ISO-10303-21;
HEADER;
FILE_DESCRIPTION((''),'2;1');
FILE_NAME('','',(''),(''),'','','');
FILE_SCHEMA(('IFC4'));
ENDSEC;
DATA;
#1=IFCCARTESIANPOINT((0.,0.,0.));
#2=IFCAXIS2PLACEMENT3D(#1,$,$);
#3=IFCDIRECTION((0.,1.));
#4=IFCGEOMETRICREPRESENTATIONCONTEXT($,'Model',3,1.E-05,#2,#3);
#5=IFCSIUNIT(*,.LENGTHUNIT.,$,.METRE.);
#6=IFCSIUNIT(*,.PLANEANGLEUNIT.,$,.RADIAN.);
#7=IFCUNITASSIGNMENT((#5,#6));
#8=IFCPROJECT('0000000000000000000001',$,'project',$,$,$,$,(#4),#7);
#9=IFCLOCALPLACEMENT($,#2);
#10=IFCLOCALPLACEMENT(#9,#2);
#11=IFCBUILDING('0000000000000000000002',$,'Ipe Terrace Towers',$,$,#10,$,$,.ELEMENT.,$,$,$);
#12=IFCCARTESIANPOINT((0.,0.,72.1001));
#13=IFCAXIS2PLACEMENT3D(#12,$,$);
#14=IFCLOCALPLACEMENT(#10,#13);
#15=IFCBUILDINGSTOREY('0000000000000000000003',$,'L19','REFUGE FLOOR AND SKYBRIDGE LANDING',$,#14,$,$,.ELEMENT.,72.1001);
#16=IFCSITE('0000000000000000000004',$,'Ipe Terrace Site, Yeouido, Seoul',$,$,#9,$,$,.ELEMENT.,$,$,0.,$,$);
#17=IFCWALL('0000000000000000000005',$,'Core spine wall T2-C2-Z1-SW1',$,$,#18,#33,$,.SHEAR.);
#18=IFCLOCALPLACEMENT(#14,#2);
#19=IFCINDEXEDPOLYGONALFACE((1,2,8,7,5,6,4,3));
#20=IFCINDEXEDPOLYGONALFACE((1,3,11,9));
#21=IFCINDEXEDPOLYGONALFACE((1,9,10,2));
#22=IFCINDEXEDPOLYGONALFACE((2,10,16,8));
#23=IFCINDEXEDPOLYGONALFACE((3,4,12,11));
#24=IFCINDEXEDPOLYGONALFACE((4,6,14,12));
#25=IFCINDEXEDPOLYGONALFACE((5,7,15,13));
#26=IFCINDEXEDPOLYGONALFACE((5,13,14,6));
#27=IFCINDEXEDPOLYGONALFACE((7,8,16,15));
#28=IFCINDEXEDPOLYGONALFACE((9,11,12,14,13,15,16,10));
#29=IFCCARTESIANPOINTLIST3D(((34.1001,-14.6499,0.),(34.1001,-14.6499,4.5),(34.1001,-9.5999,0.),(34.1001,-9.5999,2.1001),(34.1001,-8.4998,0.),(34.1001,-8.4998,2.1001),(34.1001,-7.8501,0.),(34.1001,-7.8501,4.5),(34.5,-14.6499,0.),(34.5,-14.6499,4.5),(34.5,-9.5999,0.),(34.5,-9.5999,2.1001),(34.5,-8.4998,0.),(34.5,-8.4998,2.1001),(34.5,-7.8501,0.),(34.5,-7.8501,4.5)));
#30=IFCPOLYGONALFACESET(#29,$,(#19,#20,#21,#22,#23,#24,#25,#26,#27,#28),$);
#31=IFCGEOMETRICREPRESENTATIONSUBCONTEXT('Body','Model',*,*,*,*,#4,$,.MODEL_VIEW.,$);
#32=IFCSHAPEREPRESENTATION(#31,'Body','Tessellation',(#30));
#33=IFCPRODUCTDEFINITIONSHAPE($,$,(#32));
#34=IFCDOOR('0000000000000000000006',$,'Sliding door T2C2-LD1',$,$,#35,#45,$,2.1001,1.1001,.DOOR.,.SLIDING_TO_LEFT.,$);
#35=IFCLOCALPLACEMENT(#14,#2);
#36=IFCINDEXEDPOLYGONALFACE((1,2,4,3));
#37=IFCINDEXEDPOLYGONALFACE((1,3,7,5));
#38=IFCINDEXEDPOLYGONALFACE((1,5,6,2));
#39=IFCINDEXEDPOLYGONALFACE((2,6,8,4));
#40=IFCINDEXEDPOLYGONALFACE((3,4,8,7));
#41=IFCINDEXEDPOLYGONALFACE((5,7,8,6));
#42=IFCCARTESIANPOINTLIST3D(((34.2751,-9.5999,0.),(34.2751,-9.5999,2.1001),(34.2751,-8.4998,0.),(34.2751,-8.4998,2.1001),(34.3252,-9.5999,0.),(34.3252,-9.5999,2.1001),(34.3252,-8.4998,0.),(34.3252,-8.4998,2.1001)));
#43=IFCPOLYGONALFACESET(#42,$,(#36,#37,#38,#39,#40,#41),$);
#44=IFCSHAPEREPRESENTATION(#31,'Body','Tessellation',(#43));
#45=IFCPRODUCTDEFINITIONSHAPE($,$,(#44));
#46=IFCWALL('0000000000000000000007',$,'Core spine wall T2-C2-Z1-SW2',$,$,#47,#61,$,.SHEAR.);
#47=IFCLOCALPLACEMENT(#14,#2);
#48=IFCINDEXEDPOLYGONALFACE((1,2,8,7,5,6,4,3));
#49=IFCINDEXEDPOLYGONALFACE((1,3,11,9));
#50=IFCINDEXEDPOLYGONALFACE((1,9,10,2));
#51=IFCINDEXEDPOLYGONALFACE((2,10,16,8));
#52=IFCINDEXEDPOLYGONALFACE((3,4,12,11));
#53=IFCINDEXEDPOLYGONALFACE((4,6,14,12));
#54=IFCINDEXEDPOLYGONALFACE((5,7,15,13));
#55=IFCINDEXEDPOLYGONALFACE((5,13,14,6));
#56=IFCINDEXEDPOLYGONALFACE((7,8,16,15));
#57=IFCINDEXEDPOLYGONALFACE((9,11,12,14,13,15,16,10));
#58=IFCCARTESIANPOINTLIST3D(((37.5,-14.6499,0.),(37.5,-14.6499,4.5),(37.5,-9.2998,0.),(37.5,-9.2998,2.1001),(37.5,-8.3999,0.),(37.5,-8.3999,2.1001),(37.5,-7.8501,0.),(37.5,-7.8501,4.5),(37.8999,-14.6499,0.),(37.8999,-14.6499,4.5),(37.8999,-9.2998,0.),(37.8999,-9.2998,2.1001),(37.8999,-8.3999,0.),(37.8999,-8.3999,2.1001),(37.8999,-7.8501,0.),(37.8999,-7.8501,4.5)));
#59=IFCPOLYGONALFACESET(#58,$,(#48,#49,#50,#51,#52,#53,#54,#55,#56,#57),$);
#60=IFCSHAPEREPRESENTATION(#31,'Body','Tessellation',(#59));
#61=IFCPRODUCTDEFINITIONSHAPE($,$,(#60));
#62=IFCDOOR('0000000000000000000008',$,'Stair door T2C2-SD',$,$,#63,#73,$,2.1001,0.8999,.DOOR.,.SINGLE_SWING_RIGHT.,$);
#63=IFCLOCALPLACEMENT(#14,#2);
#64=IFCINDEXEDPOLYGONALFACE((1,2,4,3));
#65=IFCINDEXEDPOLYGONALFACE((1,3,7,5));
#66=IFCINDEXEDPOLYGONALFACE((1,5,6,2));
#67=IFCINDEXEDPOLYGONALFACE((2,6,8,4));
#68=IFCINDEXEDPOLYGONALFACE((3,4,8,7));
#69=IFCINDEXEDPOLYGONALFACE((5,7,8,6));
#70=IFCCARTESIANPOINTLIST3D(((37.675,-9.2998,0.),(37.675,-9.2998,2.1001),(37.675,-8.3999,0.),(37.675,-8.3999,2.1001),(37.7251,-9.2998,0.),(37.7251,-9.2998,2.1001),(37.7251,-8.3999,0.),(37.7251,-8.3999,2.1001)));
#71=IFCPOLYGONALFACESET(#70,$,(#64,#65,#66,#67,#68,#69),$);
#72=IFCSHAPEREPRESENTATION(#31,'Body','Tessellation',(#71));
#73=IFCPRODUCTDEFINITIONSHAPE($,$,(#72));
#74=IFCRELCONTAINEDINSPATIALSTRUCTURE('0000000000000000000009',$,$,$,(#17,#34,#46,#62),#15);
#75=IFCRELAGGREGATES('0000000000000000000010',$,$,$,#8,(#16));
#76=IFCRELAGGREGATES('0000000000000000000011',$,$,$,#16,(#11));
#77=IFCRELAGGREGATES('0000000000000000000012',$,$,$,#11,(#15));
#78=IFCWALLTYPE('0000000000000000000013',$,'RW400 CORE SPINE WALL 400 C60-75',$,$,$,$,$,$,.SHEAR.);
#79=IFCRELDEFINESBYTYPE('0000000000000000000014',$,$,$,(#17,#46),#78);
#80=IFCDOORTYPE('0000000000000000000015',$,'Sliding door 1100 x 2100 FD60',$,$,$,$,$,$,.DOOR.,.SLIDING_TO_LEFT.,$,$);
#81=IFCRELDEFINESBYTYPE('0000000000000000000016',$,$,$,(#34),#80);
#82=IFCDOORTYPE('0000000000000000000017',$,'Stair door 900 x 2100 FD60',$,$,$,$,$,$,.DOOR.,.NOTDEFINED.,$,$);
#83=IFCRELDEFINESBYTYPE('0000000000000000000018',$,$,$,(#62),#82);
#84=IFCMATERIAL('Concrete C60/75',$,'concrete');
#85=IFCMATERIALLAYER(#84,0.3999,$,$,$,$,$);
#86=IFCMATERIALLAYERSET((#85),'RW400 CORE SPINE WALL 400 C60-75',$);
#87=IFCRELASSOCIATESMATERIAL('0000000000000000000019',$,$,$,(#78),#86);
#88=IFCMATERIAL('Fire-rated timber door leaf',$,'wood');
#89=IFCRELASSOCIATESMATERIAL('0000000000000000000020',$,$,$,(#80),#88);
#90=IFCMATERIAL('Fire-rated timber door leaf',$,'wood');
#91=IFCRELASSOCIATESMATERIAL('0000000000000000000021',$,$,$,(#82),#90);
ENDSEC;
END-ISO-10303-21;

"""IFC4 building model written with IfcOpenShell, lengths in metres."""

from ifc_helpers import new_model, si_unit, direction, frame, frame_2d, origin, place, context, subcontext, project, spatial, rectangle, extrude, material, layer, layer_set, type_object, element, fill, save


model = new_model("IFC4")

# Units and contexts
model_context = context("Model", 3, precision=1e-05, world=origin(), true_north=direction((0.0, 1.0)))
body_context = subcontext(model_context, "Body", "Model", "MODEL_VIEW")
ifc_project = project(units=[si_unit("LENGTHUNIT", "METRE"), si_unit("PLANEANGLEUNIT", "RADIAN")], contexts=[model_context])

# Site, building, storey
site_placement = place(None, origin())
site = spatial("IfcSite", under=ifc_project, at=site_placement, Name="Ipe Terrace Site, Yeouido, Seoul", CompositionType="ELEMENT", RefElevation=0.0)
building_placement = place(site_placement, origin())
building = spatial("IfcBuilding", under=site, at=building_placement, Name="Ipe Terrace Towers", CompositionType="ELEMENT")
storey_placement = place(building_placement, frame((0.0, 0.0, 72.1001)))
storey = spatial("IfcBuildingStorey", under=building, at=storey_placement, Name="L19", Description="REFUGE FLOOR AND SKYBRIDGE LANDING", CompositionType="ELEMENT", Elevation=72.1001)

# Walls, openings, doors
ifc_material_1 = material(Name="Concrete C60/75", Category="concrete")
ifc_layer_1 = layer(ifc_material_1, 0.3999)
ifc_layer_set_1 = layer_set([ifc_layer_1], Name="RW400 CORE SPINE WALL 400 C60-75")
wall_type_1 = type_object("IfcWallType", Name="RW400 CORE SPINE WALL 400 C60-75", PredefinedType="SHEAR", material=ifc_layer_set_1)
wall_1_placement = place(storey_placement, frame((34.3, -14.6499, 0.0), z_axis=(0.0, 0.0, 1.0), x_axis=(0.0, 1.0, 0.0)))
wall_1 = element("IfcWall", 1, at=wall_1_placement, inside=storey, type_object=wall_type_1, Name="Core spine wall T2-C2-Z1-SW1", PredefinedType="SHEAR", context=body_context, shape_type="SweptSolid", body=[
    extrude(rectangle(XDim=6.7998, YDim=0.3999, at=frame_2d((3.3999, 0.0))), origin(), (0.0, 0.0, 1.0), 4.5),
])
opening_1_placement = place(wall_1_placement, frame((5.05, 0.0, 0.0)))
opening_1 = element("IfcOpeningElement", 2, at=opening_1_placement, cuts=wall_1, PredefinedType="OPENING", context=body_context, shape_type="SweptSolid", body=[
    extrude(rectangle(XDim=1.1001, YDim=2.1001, at=frame_2d((0.55, 1.05))), frame((0.0, 0.21, 0.0), z_axis=(0.0, -1.0, 0.0), x_axis=(1.0, 0.0, 0.0)), (0.0, 0.0, 1.0), 0.4199),
])
ifc_material_2 = material(Name="Fire-rated timber door leaf", Category="wood")
door_type_1 = type_object("IfcDoorType", Name="Sliding door 1100 x 2100 FD60", OperationType="SLIDING_TO_LEFT", PredefinedType="DOOR", material=ifc_material_2)
door_1_placement = place(opening_1_placement, origin())
door_1 = element("IfcDoor", 3, at=door_1_placement, inside=storey, type_object=door_type_1, Name="Sliding door T2C2-LD1", OperationType="SLIDING_TO_LEFT", OverallHeight=2.1001, OverallWidth=1.1001, PredefinedType="DOOR", context=body_context, shape_type="SweptSolid", body=[
    extrude(rectangle(XDim=1.1001, YDim=2.1001, at=frame_2d((0.55, 1.05))), frame((0.0, 0.0249, 0.0), z_axis=(0.0, -1.0, 0.0), x_axis=(1.0, 0.0, 0.0)), (0.0, 0.0, 1.0), 0.05),
])
fill(opening_1, door_1)
wall_2_placement = place(storey_placement, frame((37.7, -14.6499, 0.0), z_axis=(0.0, 0.0, 1.0), x_axis=(0.0, 1.0, 0.0)))
wall_2 = element("IfcWall", 4, at=wall_2_placement, inside=storey, type_object=wall_type_1, Name="Core spine wall T2-C2-Z1-SW2", PredefinedType="SHEAR", context=body_context, shape_type="SweptSolid", body=[
    extrude(rectangle(XDim=6.7998, YDim=0.3999, at=frame_2d((3.3999, 0.0))), origin(), (0.0, 0.0, 1.0), 4.5),
])
opening_2_placement = place(wall_2_placement, frame((5.3501, 0.0, 0.0)))
opening_2 = element("IfcOpeningElement", 5, at=opening_2_placement, cuts=wall_2, PredefinedType="OPENING", context=body_context, shape_type="SweptSolid", body=[
    extrude(rectangle(XDim=0.8999, YDim=2.1001, at=frame_2d((0.45, 1.05))), frame((0.0, 0.21, 0.0), z_axis=(0.0, -1.0, 0.0), x_axis=(1.0, 0.0, 0.0)), (0.0, 0.0, 1.0), 0.4199),
])
ifc_material_3 = material(Name="Fire-rated timber door leaf", Category="wood")
door_type_2 = type_object("IfcDoorType", Name="Stair door 900 x 2100 FD60", OperationType="NOTDEFINED", PredefinedType="DOOR", material=ifc_material_3)
door_2_placement = place(opening_2_placement, origin())
door_2 = element("IfcDoor", 6, at=door_2_placement, inside=storey, type_object=door_type_2, Name="Stair door T2C2-SD", OperationType="SINGLE_SWING_RIGHT", OverallHeight=2.1001, OverallWidth=0.8999, PredefinedType="DOOR", context=body_context, shape_type="SweptSolid", body=[
    extrude(rectangle(XDim=0.8999, YDim=2.1001, at=frame_2d((0.45, 1.05))), frame((0.0, 0.0249, 0.0), z_axis=(0.0, -1.0, 0.0), x_axis=(1.0, 0.0, 0.0)), (0.0, 0.0, 1.0), 0.05),
])
fill(opening_2, door_2)

save(model, "model.ifc")
